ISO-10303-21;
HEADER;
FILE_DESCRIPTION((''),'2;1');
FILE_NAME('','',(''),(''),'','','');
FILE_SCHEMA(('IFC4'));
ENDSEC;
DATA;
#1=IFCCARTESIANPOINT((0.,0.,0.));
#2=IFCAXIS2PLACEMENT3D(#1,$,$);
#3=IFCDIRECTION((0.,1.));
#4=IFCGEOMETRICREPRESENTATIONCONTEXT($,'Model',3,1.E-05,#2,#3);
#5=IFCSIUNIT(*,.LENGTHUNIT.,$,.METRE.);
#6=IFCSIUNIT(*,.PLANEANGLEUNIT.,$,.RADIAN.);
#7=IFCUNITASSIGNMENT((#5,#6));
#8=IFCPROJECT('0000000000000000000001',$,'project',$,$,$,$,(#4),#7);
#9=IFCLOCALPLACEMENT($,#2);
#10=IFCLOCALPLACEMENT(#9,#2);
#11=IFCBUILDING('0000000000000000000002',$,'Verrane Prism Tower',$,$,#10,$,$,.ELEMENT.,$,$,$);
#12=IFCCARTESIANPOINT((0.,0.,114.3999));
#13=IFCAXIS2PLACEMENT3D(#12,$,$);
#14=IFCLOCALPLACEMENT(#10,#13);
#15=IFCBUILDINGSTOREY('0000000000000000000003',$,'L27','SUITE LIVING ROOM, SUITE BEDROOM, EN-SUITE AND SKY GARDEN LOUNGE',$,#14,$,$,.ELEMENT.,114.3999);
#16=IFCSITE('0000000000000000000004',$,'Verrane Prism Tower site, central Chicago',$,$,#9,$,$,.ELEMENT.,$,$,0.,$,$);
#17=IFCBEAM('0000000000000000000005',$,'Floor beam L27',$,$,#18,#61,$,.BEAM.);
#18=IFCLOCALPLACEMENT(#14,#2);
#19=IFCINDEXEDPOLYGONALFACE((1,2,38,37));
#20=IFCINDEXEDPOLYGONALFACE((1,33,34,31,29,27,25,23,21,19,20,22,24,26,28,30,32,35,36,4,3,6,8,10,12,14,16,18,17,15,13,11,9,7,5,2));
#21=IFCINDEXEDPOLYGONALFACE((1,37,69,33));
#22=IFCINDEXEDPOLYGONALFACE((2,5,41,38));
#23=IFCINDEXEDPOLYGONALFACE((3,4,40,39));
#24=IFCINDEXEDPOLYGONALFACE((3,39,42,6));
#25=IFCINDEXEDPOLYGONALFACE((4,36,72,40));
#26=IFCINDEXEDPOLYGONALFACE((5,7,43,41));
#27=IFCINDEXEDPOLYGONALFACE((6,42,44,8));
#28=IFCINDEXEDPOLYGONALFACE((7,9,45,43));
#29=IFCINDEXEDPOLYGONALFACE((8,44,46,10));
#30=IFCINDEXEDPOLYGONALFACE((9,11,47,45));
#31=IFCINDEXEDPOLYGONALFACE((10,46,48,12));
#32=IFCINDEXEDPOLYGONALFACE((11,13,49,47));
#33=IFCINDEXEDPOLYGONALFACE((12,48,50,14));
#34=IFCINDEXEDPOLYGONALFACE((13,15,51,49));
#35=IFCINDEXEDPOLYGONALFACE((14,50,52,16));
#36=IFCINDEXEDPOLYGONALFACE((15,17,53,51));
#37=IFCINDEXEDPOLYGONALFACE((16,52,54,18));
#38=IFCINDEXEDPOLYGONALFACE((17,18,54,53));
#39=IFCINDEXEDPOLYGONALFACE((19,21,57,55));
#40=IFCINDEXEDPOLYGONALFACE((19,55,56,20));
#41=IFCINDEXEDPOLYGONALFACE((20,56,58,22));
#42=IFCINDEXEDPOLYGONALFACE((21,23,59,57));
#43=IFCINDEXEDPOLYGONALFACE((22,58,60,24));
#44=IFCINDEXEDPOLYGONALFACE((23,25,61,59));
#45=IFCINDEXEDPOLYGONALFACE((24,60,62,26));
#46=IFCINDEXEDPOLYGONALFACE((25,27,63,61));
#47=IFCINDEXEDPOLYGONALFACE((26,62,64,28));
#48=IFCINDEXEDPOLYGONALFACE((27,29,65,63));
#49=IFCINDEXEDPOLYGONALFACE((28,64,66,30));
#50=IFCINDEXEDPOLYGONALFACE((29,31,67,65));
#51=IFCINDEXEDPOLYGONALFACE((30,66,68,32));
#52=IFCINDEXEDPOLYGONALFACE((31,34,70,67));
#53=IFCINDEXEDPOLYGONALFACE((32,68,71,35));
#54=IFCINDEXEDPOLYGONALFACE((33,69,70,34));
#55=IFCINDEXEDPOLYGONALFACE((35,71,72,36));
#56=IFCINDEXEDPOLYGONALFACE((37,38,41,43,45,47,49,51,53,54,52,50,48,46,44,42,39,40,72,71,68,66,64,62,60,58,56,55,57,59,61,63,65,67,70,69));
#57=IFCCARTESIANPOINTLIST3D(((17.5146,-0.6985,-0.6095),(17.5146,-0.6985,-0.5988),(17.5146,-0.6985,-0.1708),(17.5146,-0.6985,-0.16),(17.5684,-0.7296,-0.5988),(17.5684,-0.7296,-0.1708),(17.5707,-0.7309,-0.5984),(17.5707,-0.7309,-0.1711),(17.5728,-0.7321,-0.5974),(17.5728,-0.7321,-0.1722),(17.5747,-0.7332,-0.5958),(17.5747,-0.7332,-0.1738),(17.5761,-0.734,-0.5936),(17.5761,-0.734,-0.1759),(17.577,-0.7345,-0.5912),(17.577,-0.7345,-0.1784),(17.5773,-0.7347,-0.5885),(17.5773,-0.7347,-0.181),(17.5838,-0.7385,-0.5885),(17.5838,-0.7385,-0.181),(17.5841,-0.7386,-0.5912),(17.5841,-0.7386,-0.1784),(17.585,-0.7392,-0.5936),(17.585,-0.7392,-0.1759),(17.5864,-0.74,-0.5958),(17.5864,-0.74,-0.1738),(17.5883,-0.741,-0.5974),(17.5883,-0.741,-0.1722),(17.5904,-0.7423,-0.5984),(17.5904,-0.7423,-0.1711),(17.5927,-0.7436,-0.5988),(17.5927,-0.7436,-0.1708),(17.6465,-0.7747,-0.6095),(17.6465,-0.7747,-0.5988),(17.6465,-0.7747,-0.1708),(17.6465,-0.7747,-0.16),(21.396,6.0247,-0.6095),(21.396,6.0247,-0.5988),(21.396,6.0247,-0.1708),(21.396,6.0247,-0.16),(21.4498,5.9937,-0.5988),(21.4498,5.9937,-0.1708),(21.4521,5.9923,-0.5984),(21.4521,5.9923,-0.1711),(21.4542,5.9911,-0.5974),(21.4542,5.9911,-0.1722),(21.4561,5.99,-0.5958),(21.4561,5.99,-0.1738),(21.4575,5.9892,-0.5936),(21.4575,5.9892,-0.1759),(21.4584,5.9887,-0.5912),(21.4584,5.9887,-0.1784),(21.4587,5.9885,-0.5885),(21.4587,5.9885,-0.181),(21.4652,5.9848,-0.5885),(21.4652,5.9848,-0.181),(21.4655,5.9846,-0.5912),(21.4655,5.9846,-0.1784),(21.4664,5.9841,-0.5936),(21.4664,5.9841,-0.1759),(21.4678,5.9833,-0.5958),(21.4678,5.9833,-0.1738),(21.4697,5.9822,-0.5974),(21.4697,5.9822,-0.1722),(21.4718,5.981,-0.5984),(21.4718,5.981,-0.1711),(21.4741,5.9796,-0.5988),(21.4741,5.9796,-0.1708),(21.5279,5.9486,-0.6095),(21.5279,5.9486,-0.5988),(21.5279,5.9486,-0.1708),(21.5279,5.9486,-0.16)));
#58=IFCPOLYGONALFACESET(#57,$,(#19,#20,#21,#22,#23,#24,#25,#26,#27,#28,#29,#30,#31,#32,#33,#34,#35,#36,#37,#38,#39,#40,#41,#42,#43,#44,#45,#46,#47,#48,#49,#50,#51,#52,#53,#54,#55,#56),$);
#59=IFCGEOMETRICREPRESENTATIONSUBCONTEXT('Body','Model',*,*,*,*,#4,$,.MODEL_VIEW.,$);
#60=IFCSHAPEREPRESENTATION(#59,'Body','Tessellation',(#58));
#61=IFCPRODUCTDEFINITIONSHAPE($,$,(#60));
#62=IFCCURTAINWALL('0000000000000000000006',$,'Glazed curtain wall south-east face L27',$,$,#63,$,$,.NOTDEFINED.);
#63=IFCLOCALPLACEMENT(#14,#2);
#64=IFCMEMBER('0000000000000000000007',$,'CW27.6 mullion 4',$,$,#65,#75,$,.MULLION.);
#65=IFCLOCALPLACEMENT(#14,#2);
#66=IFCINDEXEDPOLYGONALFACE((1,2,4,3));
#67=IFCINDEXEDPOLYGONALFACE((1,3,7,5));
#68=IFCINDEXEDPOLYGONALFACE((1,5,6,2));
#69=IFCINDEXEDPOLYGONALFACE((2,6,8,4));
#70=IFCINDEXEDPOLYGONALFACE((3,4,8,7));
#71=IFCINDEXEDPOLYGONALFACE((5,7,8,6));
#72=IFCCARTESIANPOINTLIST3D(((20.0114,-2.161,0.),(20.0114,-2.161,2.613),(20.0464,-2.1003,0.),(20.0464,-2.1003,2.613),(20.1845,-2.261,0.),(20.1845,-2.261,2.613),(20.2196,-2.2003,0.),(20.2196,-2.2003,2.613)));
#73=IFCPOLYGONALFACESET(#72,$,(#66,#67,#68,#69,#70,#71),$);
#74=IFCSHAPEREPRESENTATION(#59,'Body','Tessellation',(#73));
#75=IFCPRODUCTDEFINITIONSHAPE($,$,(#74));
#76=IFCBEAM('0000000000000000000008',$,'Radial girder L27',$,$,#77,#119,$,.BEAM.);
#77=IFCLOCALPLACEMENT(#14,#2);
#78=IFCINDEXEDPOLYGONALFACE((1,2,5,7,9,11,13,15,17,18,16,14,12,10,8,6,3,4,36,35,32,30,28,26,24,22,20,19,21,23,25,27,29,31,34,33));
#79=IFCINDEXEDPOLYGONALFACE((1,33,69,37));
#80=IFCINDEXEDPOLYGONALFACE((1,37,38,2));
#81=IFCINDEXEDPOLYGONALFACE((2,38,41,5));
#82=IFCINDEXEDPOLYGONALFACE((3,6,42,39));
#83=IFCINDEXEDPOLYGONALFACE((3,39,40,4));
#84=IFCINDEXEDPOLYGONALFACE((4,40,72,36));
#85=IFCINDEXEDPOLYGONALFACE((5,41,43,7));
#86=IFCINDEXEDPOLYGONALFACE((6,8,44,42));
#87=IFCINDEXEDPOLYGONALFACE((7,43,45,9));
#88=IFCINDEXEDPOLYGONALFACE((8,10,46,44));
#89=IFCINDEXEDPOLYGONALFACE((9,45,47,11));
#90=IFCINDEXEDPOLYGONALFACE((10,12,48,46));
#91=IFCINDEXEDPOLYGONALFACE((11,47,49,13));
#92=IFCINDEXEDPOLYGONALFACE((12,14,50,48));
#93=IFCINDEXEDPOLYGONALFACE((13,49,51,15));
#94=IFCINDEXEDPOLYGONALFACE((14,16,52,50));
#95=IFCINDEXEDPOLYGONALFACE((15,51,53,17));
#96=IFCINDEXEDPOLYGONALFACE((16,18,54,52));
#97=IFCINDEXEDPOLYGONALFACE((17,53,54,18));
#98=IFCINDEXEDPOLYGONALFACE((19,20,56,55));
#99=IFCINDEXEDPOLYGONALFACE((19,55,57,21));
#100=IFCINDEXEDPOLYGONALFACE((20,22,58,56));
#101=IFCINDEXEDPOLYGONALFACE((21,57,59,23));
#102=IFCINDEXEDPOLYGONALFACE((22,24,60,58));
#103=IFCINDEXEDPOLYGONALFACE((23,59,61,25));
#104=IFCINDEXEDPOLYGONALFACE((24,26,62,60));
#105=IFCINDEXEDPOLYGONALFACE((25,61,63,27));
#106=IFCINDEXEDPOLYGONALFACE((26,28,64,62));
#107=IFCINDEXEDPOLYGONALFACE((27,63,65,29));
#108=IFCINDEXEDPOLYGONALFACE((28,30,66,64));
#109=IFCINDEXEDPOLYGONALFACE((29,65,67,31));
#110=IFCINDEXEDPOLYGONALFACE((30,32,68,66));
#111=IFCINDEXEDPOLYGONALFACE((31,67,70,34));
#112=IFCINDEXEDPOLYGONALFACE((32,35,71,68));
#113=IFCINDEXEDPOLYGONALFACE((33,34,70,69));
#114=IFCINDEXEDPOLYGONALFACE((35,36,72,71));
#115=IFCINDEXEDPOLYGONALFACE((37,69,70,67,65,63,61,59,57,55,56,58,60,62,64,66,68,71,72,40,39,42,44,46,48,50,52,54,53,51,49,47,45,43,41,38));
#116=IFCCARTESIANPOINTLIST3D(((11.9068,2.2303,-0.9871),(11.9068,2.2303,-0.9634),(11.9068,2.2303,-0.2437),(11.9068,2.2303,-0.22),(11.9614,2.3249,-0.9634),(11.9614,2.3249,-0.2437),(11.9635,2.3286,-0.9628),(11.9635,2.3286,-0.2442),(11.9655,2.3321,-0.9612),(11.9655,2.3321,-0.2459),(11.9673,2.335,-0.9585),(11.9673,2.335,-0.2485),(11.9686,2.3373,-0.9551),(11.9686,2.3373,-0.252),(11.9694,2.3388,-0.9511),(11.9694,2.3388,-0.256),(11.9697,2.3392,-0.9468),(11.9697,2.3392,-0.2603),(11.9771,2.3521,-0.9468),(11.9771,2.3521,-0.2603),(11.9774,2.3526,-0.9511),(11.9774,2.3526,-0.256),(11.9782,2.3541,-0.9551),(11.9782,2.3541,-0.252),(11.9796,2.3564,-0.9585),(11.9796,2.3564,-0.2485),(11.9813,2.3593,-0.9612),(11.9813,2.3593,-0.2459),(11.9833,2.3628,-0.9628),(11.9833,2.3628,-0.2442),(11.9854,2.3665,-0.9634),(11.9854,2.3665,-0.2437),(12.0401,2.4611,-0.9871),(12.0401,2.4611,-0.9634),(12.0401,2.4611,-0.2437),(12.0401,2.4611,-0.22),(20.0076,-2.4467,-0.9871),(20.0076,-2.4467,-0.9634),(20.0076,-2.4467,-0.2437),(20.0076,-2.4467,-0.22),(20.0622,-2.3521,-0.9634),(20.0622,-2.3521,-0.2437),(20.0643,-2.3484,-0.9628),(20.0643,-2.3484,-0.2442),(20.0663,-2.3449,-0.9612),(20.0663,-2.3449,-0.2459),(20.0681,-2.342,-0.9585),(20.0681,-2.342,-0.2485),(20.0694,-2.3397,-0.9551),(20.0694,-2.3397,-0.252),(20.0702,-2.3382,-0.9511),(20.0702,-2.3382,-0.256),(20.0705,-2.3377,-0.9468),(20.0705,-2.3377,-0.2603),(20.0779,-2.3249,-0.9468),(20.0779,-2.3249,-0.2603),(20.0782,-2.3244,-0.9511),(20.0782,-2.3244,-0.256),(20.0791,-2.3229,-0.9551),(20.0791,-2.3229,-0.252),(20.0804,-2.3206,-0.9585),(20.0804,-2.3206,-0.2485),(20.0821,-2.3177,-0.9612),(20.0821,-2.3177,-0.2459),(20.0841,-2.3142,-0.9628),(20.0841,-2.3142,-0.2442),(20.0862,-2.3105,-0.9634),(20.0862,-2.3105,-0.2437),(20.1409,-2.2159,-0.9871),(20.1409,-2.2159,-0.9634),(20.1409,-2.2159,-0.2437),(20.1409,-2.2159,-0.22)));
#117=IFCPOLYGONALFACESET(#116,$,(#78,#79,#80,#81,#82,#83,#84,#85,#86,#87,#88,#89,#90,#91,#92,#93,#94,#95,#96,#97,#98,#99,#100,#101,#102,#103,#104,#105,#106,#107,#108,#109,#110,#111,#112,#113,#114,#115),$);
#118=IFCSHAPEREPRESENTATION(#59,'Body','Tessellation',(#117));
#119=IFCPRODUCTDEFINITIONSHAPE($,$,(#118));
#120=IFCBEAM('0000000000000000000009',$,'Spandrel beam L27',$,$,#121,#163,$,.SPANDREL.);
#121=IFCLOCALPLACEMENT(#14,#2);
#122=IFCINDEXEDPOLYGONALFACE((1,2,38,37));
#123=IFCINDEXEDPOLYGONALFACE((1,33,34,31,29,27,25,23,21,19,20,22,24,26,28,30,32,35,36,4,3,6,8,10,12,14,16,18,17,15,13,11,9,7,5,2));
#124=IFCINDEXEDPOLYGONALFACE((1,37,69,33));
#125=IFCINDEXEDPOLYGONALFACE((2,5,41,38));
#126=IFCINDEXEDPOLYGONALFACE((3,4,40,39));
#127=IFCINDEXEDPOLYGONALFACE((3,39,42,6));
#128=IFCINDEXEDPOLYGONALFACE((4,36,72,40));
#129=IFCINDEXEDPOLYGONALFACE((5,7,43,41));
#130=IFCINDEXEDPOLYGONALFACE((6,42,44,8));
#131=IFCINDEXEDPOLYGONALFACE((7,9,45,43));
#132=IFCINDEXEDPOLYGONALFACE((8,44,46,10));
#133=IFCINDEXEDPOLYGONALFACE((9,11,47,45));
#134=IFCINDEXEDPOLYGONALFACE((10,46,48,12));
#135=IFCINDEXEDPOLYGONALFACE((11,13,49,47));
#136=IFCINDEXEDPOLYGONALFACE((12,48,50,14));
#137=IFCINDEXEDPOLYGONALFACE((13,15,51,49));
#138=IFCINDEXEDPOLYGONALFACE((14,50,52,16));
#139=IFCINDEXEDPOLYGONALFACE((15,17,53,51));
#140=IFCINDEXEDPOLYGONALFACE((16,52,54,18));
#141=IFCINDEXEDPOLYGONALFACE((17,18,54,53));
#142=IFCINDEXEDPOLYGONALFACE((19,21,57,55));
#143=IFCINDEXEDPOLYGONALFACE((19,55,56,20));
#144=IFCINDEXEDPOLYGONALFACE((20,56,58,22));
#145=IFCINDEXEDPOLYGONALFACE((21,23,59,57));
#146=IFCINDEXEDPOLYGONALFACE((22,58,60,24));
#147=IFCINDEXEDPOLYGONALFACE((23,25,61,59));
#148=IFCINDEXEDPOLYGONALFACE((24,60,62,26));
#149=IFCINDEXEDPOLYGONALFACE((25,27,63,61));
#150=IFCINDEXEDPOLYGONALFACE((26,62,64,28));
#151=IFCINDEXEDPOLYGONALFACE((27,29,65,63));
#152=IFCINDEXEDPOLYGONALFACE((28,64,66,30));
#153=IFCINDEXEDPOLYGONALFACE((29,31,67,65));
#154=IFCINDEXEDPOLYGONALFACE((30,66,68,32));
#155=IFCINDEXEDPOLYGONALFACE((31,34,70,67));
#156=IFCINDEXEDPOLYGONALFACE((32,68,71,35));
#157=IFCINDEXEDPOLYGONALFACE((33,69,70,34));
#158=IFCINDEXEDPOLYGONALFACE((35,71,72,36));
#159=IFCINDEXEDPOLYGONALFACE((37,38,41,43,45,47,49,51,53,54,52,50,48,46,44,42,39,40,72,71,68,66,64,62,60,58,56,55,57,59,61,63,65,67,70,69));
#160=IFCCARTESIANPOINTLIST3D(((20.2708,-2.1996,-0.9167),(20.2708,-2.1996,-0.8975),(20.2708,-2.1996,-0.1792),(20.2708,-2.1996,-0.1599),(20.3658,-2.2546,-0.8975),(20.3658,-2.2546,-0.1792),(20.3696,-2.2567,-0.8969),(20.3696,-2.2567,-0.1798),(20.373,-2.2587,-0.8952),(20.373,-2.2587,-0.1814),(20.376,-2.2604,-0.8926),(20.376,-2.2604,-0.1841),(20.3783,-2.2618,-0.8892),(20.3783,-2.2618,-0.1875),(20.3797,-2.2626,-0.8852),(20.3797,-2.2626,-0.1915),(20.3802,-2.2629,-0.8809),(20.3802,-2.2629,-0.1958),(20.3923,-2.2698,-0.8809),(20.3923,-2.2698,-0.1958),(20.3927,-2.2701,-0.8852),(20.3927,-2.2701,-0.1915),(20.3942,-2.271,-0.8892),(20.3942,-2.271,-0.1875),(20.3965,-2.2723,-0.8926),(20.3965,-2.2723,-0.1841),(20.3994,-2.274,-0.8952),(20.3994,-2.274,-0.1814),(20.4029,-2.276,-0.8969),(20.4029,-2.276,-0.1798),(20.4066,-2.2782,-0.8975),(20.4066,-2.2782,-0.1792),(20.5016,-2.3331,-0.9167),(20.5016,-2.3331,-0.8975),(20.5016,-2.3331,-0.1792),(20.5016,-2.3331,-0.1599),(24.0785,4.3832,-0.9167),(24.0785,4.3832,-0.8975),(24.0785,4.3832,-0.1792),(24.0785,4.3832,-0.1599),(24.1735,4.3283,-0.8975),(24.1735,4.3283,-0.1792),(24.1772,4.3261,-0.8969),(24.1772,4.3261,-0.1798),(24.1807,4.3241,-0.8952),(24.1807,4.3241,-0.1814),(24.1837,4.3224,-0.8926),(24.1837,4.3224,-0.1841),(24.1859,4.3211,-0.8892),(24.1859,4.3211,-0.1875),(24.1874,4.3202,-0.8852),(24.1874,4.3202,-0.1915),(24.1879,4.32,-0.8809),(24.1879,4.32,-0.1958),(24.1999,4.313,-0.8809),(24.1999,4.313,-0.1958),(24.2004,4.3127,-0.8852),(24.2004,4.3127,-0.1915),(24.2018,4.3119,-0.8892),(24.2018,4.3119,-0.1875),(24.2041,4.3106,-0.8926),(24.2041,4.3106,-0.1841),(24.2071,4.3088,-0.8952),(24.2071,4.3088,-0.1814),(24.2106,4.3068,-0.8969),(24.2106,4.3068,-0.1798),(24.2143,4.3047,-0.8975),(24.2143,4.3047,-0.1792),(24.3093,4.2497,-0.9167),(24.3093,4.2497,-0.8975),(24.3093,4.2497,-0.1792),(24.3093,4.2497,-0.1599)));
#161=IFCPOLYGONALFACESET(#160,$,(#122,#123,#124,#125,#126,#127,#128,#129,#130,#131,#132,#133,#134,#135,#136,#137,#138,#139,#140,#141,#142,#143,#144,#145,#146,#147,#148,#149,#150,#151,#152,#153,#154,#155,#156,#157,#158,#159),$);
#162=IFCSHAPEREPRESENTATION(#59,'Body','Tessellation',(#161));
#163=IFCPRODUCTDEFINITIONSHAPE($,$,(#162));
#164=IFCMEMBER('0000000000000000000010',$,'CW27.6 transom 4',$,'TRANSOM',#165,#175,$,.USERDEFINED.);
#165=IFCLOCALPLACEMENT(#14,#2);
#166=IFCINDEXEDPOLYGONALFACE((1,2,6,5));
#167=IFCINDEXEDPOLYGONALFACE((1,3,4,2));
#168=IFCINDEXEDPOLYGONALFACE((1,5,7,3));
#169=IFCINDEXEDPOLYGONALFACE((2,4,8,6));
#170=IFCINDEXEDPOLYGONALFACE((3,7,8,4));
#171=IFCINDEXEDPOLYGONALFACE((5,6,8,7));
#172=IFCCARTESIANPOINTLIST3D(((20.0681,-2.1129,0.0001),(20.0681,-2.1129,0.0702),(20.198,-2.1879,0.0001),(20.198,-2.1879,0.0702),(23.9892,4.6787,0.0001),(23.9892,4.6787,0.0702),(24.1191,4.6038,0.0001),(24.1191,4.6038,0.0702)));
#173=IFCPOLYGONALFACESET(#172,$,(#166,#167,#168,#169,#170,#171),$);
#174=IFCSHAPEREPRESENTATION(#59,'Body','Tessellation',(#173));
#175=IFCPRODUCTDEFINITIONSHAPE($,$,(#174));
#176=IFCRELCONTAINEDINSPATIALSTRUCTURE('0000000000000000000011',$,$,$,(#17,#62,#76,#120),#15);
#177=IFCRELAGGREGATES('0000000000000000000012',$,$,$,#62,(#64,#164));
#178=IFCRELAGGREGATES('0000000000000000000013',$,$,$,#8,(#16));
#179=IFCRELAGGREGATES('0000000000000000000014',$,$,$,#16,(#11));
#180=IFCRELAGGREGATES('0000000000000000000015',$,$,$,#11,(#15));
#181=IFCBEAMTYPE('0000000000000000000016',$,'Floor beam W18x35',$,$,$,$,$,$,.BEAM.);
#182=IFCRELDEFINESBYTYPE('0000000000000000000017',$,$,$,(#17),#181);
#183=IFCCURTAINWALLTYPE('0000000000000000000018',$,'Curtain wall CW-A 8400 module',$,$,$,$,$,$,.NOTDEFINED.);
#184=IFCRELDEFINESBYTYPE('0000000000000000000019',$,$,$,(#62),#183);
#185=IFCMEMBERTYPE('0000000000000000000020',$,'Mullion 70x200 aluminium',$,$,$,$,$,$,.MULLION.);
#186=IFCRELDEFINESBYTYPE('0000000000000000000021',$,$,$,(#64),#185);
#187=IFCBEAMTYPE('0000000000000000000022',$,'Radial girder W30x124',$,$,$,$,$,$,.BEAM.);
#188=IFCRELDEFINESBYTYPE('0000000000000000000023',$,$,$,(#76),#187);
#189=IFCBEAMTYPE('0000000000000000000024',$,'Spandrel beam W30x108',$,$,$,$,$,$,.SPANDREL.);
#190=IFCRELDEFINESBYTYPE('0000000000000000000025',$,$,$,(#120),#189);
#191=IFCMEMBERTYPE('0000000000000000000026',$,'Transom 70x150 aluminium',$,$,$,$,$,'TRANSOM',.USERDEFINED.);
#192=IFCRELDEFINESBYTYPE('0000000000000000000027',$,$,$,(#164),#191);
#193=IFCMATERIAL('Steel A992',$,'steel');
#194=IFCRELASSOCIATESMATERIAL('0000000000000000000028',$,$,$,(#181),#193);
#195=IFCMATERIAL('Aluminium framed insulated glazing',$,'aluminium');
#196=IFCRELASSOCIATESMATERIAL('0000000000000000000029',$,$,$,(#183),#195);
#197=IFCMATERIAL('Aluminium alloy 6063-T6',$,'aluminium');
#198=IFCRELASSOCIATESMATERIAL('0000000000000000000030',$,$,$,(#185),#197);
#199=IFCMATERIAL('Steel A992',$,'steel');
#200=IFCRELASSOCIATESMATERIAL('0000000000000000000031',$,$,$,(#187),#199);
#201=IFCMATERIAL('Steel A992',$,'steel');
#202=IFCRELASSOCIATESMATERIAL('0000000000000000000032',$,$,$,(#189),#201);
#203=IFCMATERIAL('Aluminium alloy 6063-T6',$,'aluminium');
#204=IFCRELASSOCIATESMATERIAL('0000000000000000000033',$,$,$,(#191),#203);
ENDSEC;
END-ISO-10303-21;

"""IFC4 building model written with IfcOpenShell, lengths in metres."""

from ifc_helpers import new_model, si_unit, direction, frame, origin, origin_2d, place, context, subcontext, project, spatial, rectangle, i_section, extrude, material, material_profile, profile_set, type_object, element, aggregate, save


model = new_model("IFC4")

# Units and contexts
model_context = context("Model", 3, precision=1e-05, world=origin(), true_north=direction((0.0, 1.0)))
body_context = subcontext(model_context, "Body", "Model", "MODEL_VIEW")
ifc_project = project(units=[si_unit("LENGTHUNIT", "METRE"), si_unit("PLANEANGLEUNIT", "RADIAN")], contexts=[model_context])

# Site, building, storey
site_placement = place(None, origin())
site = spatial("IfcSite", under=ifc_project, at=site_placement, Name="Verrane Prism Tower site, central Chicago", CompositionType="ELEMENT", RefElevation=0.0)
building_placement = place(site_placement, origin())
building = spatial("IfcBuilding", under=site, at=building_placement, Name="Verrane Prism Tower", CompositionType="ELEMENT")
storey_placement = place(building_placement, frame((0.0, 0.0, 114.3999)))
storey = spatial("IfcBuildingStorey", under=building, at=storey_placement, Name="L27", Description="SUITE LIVING ROOM, SUITE BEDROOM, EN-SUITE AND SKY GARDEN LOUNGE", CompositionType="ELEMENT", Elevation=114.3999)

# Beam
ifc_material_1 = material(Name="Steel A992", Category="steel")
ifc_material_profile_1 = material_profile(ifc_material_1, i_section(OverallWidth=0.1523, OverallDepth=0.4495, WebThickness=0.0076, FlangeThickness=0.0107, FilletRadius=0.0103, at=origin_2d()), Name="W18x35")
ifc_profile_set_1 = profile_set([ifc_material_profile_1], Name="Steel A992")
beam_type_1 = type_object("IfcBeamType", Name="Floor beam W18x35", PredefinedType="BEAM", material=ifc_profile_set_1)
beam_1_placement = place(storey_placement, frame((17.5806, -0.7366, -0.3848), z_axis=(0.499975, 0.86604, 0.0), x_axis=(-0.86604, 0.499975, 0.0)))
element("IfcBeam", 1, at=beam_1_placement, inside=storey, type_object=beam_type_1, Name="Floor beam L27", PredefinedType="BEAM", context=body_context, shape_type="SweptSolid", body=[
    extrude(i_section(OverallWidth=0.1523, OverallDepth=0.4495, WebThickness=0.0076, FlangeThickness=0.0107, FilletRadius=0.0103, at=origin_2d()), origin(), (0.0, 0.0, 1.0), 7.7632),
])

# Curtain wall, member
ifc_material_2 = material(Name="Aluminium framed insulated glazing", Category="aluminium")
curtain_wall_type = type_object("IfcCurtainWallType", Name="Curtain wall CW-A 8400 module", PredefinedType="NOTDEFINED", material=ifc_material_2)
curtain_wall_placement = place(storey_placement, origin())
curtain_wall = element("IfcCurtainWall", 2, at=curtain_wall_placement, inside=storey, type_object=curtain_wall_type, Name="Glazed curtain wall south-east face L27", PredefinedType="NOTDEFINED")
ifc_material_3 = material(Name="Aluminium alloy 6063-T6", Category="aluminium")
ifc_material_profile_2 = material_profile(ifc_material_3, rectangle(XDim=0.2, YDim=0.0701, at=origin_2d()), Name="Mullion 70x200 aluminium")
ifc_profile_set_2 = profile_set([ifc_material_profile_2], Name="Aluminium alloy 6063-T6")
member_type_1 = type_object("IfcMemberType", Name="Mullion 70x200 aluminium", PredefinedType="MULLION", material=ifc_profile_set_2)
member_1_placement = place(storey_placement, frame((20.1155, -2.1807, 0.0), z_axis=(0.0, 0.0, 1.0), x_axis=(-0.866026, 0.499999, 0.0)))
member_1 = element("IfcMember", 3, at=member_1_placement, type_object=member_type_1, Name="CW27.6 mullion 4", PredefinedType="MULLION", context=body_context, shape_type="SweptSolid", body=[
    extrude(rectangle(XDim=0.2, YDim=0.0701, at=origin_2d()), origin(), (0.0, 0.0, 1.0), 2.613),
])

# Beams
ifc_material_4 = material(Name="Steel A992", Category="steel")
ifc_material_profile_3 = material_profile(ifc_material_4, i_section(OverallWidth=0.2666, OverallDepth=0.7671, WebThickness=0.0149, FlangeThickness=0.0237, FilletRadius=0.0166, at=origin_2d()), Name="W30x124")
ifc_profile_set_3 = profile_set([ifc_material_profile_3], Name="Steel A992")
beam_type_2 = type_object("IfcBeamType", Name="Radial girder W30x124", PredefinedType="BEAM", material=ifc_profile_set_3)
beam_2_placement = place(storey_placement, frame((20.0742, -2.3313, -0.6035), z_axis=(-0.866026, 0.499999, 0.0), x_axis=(-0.499999, -0.866026, 0.0)))
element("IfcBeam", 4, at=beam_2_placement, inside=storey, type_object=beam_type_2, Name="Radial girder L27", PredefinedType="BEAM", context=body_context, shape_type="SweptSolid", body=[
    extrude(i_section(OverallWidth=0.2666, OverallDepth=0.7671, WebThickness=0.0149, FlangeThickness=0.0237, FilletRadius=0.0166, at=origin_2d()), origin(), (0.0, 0.0, 1.0), 9.354),
])
ifc_material_5 = material(Name="Steel A992", Category="steel")
ifc_material_profile_4 = material_profile(ifc_material_5, i_section(OverallWidth=0.2666, OverallDepth=0.7568, WebThickness=0.0139, FlangeThickness=0.0193, FilletRadius=0.0166, at=origin_2d()), Name="W30x108")
ifc_profile_set_4 = profile_set([ifc_material_profile_4], Name="Steel A992")
beam_type_3 = type_object("IfcBeamType", Name="Spandrel beam W30x108", PredefinedType="SPANDREL", material=ifc_profile_set_4)
beam_3_placement = place(storey_placement, frame((20.3862, -2.2664, -0.5383), z_axis=(0.500696, 0.865623, 0.0), x_axis=(-0.865623, 0.500696, 0.0)))
element("IfcBeam", 5, at=beam_3_placement, inside=storey, type_object=beam_type_3, Name="Spandrel beam L27", PredefinedType="SPANDREL", context=body_context, shape_type="SweptSolid", body=[
    extrude(i_section(OverallWidth=0.2666, OverallDepth=0.7568, WebThickness=0.0139, FlangeThickness=0.0193, FilletRadius=0.0166, at=origin_2d()), origin(), (0.0, 0.0, 1.0), 7.6047),
])

# Member
ifc_material_6 = material(Name="Aluminium alloy 6063-T6", Category="aluminium")
ifc_material_profile_5 = material_profile(ifc_material_6, rectangle(XDim=0.1499, YDim=0.0701, at=origin_2d()), Name="Transom 70x150 aluminium")
ifc_profile_set_5 = profile_set([ifc_material_profile_5], Name="Aluminium alloy 6063-T6")
member_type_2 = type_object("IfcMemberType", Name="Transom 70x150 aluminium", ElementType="TRANSOM", PredefinedType="USERDEFINED", material=ifc_profile_set_5)
member_2_placement = place(storey_placement, frame((20.1331, -2.1504, 0.0352), z_axis=(0.499993, 0.86603, 0.0), x_axis=(-0.86603, 0.499993, 0.0)))
member_2 = element("IfcMember", 6, at=member_2_placement, type_object=member_type_2, Name="CW27.6 transom 4", ObjectType="TRANSOM", PredefinedType="USERDEFINED", context=body_context, shape_type="SweptSolid", body=[
    extrude(rectangle(XDim=0.1499, YDim=0.0701, at=origin_2d()), origin(), (0.0, 0.0, 1.0), 7.8423),
])

aggregate(curtain_wall, [member_1, member_2])

save(model, "model.ifc")
